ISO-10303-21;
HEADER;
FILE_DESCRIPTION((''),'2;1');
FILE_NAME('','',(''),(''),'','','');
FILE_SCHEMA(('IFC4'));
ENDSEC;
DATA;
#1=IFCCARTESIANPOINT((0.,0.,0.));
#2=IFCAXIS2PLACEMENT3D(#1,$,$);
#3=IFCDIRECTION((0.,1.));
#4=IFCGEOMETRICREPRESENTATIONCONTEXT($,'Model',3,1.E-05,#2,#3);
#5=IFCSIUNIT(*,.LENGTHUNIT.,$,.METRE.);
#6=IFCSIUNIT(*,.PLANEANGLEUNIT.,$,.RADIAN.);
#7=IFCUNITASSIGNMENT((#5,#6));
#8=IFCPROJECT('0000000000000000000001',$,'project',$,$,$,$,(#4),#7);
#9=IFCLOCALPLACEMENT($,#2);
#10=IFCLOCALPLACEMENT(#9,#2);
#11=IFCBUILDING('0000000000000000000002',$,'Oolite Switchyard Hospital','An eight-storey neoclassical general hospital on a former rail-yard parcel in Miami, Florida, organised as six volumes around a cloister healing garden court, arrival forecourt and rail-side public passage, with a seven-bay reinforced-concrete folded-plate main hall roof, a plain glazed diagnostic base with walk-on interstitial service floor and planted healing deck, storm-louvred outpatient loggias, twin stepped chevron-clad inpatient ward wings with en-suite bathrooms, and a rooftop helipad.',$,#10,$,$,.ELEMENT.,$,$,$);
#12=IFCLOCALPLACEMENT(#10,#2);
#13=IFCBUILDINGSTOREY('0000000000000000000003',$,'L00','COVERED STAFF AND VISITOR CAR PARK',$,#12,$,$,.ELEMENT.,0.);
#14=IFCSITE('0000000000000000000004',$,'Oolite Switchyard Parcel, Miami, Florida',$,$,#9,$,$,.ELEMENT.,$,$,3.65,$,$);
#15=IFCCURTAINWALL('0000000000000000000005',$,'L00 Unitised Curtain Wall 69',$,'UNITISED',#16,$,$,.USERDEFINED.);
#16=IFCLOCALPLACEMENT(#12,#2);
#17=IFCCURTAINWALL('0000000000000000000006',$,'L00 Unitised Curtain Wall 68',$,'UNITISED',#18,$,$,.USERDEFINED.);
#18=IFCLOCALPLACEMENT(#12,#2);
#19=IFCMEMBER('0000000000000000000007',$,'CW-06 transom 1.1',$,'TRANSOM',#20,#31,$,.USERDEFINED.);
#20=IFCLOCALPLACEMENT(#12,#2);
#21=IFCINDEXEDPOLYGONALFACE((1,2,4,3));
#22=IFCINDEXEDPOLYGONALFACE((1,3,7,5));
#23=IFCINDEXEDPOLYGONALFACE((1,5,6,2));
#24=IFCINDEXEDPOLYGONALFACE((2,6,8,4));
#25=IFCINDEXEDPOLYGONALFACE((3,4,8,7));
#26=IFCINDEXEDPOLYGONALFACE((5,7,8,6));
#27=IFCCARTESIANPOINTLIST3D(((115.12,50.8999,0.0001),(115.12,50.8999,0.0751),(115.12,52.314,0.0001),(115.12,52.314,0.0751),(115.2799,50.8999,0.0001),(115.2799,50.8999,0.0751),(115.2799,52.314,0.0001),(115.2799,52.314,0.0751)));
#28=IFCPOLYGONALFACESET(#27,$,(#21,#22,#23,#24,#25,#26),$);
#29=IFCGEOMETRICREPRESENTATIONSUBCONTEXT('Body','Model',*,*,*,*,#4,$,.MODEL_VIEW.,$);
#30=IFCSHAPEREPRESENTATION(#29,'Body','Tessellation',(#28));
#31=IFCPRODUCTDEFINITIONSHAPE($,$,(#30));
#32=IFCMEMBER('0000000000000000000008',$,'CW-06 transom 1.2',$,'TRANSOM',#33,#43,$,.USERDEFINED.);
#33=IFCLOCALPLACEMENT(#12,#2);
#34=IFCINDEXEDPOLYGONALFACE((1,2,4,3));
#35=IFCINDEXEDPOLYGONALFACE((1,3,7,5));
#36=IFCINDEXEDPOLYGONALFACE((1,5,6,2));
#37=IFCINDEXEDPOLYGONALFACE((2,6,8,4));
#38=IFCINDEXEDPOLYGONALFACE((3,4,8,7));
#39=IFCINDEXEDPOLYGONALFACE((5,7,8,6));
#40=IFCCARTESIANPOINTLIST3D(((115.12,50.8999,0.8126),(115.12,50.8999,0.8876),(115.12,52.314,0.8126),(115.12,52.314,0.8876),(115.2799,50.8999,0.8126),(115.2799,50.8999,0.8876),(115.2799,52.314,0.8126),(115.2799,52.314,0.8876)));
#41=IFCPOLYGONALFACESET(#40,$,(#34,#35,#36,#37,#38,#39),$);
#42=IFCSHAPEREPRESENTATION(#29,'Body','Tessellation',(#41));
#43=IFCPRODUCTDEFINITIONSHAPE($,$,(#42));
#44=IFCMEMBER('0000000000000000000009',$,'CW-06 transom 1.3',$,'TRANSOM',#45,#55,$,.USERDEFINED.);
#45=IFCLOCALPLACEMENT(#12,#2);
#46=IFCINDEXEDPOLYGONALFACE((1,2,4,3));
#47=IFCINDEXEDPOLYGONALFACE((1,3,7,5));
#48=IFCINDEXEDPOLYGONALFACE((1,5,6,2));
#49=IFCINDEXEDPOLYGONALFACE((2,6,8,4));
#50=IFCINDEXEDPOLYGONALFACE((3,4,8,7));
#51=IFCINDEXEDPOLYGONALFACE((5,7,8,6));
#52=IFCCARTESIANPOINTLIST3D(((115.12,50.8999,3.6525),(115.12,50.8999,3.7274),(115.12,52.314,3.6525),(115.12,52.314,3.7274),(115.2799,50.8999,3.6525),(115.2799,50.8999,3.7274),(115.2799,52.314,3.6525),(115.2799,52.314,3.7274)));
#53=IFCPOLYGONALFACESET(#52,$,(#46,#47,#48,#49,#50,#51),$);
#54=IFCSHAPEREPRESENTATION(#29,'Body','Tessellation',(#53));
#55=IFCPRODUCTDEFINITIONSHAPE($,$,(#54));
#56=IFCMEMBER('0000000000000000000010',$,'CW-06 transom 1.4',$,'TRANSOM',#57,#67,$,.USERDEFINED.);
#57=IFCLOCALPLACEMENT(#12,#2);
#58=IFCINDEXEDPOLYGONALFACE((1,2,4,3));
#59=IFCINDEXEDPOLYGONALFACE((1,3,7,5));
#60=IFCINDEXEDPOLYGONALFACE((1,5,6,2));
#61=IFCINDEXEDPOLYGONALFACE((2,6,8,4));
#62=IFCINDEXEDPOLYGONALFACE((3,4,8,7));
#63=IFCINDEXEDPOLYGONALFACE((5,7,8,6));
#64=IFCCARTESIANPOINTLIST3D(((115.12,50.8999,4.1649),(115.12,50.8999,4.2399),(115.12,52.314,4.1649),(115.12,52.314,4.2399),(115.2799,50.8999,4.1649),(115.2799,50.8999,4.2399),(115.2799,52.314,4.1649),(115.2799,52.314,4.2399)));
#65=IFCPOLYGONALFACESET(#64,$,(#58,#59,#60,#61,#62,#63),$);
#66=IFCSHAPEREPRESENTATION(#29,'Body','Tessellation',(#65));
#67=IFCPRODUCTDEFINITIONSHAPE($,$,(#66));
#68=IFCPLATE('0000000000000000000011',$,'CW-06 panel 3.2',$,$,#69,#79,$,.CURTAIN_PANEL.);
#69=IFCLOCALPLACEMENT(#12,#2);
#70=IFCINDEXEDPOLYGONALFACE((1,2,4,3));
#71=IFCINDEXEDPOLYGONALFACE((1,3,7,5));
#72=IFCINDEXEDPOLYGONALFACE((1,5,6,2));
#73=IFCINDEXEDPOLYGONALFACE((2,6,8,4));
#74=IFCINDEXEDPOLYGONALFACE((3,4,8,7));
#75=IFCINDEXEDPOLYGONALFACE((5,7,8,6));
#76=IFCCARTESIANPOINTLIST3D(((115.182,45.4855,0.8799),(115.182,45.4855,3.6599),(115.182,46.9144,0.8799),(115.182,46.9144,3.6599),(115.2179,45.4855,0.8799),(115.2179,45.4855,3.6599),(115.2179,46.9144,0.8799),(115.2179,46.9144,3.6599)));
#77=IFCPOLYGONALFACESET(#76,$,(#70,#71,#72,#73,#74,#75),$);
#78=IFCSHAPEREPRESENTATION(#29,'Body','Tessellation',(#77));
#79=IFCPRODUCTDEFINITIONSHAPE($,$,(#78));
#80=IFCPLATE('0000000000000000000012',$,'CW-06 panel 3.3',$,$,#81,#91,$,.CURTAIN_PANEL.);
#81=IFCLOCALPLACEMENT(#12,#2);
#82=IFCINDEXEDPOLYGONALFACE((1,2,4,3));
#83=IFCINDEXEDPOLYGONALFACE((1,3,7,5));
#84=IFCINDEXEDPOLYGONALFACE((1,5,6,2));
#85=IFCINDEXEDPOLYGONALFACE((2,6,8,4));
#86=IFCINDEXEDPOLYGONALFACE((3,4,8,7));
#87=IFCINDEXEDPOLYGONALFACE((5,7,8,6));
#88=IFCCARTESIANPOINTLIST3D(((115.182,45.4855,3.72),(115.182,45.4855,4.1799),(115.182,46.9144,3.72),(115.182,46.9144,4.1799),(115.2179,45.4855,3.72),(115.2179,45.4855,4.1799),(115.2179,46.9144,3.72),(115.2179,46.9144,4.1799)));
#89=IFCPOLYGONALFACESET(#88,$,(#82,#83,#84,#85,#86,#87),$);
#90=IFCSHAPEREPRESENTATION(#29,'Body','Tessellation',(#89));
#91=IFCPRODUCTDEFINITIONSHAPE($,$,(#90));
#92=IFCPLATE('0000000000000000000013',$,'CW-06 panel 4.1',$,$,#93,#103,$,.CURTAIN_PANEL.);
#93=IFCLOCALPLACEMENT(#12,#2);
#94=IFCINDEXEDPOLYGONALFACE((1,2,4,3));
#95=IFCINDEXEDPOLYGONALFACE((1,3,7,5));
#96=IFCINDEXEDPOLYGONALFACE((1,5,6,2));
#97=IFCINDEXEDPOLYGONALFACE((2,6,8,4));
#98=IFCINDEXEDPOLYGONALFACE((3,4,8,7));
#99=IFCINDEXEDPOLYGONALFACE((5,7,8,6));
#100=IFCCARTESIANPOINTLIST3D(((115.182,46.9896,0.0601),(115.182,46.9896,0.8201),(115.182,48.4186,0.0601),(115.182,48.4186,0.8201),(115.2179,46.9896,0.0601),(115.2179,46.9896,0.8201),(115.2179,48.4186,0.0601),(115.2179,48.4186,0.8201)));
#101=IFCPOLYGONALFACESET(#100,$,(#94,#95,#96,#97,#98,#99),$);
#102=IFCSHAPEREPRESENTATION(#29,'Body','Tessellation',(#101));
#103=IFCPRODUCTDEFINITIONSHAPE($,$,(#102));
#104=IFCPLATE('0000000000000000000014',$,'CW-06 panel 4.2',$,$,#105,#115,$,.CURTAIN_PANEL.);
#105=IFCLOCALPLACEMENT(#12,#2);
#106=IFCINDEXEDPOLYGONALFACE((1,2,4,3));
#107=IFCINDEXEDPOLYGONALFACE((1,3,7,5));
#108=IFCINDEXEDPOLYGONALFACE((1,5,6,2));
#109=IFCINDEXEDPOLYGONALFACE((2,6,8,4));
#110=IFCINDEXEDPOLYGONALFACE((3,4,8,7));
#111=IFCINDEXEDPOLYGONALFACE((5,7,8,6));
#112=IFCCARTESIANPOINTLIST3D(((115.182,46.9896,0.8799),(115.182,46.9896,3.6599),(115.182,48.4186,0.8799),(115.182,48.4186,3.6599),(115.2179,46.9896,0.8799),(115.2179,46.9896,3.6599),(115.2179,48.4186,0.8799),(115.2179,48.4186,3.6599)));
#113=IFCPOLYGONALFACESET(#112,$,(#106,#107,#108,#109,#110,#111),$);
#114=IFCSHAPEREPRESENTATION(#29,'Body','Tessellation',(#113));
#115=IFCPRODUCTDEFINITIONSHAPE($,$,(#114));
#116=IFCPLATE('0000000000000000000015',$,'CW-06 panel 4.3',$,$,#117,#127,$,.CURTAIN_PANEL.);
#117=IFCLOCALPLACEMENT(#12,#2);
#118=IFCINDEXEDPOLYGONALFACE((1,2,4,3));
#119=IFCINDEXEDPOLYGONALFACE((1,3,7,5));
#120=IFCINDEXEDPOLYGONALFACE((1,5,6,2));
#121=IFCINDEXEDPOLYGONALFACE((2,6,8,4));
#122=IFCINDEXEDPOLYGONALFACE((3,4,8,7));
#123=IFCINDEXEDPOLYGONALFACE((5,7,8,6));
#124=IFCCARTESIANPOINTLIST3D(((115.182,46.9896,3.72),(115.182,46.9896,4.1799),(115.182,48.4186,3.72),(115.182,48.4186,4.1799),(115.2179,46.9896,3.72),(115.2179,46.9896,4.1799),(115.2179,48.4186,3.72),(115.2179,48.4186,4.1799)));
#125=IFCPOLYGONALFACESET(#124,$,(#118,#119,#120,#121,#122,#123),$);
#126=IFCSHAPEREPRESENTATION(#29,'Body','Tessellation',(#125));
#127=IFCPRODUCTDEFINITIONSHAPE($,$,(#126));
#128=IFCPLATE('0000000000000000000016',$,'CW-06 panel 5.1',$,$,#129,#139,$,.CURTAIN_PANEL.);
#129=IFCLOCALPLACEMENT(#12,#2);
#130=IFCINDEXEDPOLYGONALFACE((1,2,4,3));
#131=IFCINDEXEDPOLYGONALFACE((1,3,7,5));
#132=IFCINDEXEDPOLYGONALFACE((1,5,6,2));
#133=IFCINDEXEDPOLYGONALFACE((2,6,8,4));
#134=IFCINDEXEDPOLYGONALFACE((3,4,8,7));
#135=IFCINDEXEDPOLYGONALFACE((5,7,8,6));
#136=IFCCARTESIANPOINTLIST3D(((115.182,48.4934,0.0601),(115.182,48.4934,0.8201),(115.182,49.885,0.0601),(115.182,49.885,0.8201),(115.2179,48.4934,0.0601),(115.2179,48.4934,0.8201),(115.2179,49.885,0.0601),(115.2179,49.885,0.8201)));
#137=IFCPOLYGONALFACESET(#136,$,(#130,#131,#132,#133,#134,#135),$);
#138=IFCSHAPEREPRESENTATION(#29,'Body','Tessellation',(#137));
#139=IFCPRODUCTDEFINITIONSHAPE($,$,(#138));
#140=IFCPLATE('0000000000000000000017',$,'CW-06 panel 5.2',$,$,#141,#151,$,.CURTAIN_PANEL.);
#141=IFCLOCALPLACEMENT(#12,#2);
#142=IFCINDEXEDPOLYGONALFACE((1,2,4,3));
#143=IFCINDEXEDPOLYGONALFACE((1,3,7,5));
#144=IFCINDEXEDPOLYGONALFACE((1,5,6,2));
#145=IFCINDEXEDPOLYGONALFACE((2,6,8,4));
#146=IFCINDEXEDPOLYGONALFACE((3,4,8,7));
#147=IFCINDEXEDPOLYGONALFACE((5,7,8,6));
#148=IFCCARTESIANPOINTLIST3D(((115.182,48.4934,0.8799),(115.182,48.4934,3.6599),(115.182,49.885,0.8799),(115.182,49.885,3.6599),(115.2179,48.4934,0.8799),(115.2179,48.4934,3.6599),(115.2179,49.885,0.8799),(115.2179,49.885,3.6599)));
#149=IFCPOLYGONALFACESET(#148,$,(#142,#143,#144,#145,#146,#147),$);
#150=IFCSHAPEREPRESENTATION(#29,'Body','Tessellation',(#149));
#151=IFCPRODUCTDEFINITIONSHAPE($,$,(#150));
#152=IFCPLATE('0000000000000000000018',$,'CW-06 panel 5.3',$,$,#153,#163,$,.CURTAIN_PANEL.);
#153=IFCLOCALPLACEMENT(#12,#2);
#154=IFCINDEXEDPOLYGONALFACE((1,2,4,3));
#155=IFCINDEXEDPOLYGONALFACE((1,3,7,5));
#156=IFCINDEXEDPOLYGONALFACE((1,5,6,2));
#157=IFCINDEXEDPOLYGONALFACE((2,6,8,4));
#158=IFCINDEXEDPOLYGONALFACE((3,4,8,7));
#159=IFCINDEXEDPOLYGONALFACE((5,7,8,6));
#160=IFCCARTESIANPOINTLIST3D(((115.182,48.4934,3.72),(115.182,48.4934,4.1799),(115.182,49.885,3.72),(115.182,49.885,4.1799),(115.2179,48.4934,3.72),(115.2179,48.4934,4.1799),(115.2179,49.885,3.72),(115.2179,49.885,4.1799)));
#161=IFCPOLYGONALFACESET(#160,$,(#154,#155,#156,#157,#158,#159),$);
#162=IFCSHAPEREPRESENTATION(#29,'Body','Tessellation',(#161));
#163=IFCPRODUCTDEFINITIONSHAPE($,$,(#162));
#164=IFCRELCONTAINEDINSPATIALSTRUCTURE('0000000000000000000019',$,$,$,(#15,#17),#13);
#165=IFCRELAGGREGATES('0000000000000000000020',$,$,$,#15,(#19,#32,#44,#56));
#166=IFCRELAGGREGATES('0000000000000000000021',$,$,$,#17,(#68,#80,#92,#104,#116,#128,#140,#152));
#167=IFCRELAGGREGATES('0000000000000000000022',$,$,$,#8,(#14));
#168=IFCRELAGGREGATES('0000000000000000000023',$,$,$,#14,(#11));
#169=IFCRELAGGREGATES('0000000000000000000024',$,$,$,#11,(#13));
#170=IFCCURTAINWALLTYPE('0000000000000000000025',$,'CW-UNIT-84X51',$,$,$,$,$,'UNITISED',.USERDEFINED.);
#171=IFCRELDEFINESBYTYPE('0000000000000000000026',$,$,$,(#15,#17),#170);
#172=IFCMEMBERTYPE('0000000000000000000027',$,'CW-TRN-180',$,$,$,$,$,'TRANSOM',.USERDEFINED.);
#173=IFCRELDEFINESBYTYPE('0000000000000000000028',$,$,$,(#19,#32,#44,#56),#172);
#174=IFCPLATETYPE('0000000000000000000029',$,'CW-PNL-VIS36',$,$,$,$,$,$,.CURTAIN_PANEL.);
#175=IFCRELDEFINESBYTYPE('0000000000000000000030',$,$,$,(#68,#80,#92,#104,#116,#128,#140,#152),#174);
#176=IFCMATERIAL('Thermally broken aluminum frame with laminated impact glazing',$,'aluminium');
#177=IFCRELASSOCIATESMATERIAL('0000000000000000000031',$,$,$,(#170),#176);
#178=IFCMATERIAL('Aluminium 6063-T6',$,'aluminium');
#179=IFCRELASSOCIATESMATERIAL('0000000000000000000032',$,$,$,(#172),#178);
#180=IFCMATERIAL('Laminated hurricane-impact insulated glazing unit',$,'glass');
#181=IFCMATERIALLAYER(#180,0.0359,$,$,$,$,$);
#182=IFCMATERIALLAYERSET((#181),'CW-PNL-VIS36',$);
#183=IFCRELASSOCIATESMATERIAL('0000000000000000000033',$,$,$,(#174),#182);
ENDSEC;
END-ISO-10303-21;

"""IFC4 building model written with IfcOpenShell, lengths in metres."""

from ifc_helpers import new_model, si_unit, direction, frame, origin, origin_2d, place, context, subcontext, project, spatial, rectangle, extrude, material, layer, layer_set, material_profile, profile_set, type_object, element, aggregate, save


model = new_model("IFC4")

# Units and contexts
model_context = context("Model", 3, precision=1e-05, world=origin(), true_north=direction((0.0, 1.0)))
body_context = subcontext(model_context, "Body", "Model", "MODEL_VIEW")
ifc_project = project(units=[si_unit("LENGTHUNIT", "METRE"), si_unit("PLANEANGLEUNIT", "RADIAN")], contexts=[model_context])

# Site, building, storey
site_placement = place(None, origin())
site = spatial("IfcSite", under=ifc_project, at=site_placement, Name="Oolite Switchyard Parcel, Miami, Florida", CompositionType="ELEMENT", RefElevation=3.65)
building_placement = place(site_placement, origin())
building = spatial("IfcBuilding", under=site, at=building_placement, Name="Oolite Switchyard Hospital", Description="An eight-storey neoclassical general hospital on a former rail-yard parcel in Miami, Florida, organised as six volumes around a cloister healing garden court, arrival forecourt and rail-side public passage, with a seven-bay reinforced-concrete folded-plate main hall roof, a plain glazed diagnostic base with walk-on interstitial service floor and planted healing deck, storm-louvred outpatient loggias, twin stepped chevron-clad inpatient ward wings with en-suite bathrooms, and a rooftop helipad.", CompositionType="ELEMENT")
storey_placement = place(building_placement, origin())
storey = spatial("IfcBuildingStorey", under=building, at=storey_placement, Name="L00", Description="COVERED STAFF AND VISITOR CAR PARK", CompositionType="ELEMENT", Elevation=0.0)

# Curtain wall
ifc_material_1 = material(Name="Thermally broken aluminum frame with laminated impact glazing", Category="aluminium")
curtain_wall_type = type_object("IfcCurtainWallType", Name="CW-UNIT-84X51", ElementType="UNITISED", PredefinedType="USERDEFINED", material=ifc_material_1)
curtain_wall_1_placement = place(storey_placement, origin())
curtain_wall_1 = element("IfcCurtainWall", 1, at=curtain_wall_1_placement, inside=storey, type_object=curtain_wall_type, Name="L00 Unitised Curtain Wall 69", ObjectType="UNITISED", PredefinedType="USERDEFINED")
ifc_material_2 = material(Name="Aluminium 6063-T6", Category="aluminium")

# Curtain wall
curtain_wall_2_placement = place(storey_placement, origin())
curtain_wall_2 = element("IfcCurtainWall", 2, at=curtain_wall_2_placement, inside=storey, type_object=curtain_wall_type, Name="L00 Unitised Curtain Wall 68", ObjectType="UNITISED", PredefinedType="USERDEFINED")

# Members
ifc_material_profile_1 = material_profile(ifc_material_2, rectangle(XDim=0.1599, YDim=0.075, at=origin_2d()), Name="CWT75X160")
ifc_profile_set_1 = profile_set([ifc_material_profile_1], Name="Aluminium 6063-T6")
member_type_1 = type_object("IfcMemberType", Name="CW-TRN-180", ElementType="TRANSOM", PredefinedType="USERDEFINED", material=ifc_profile_set_1)
member_1_placement = place(storey_placement, frame((115.2, 50.8999, 0.0376), z_axis=(0.0, 1.0, 0.0), x_axis=(-1.0, 0.0, 0.0)))
member_1 = element("IfcMember", 3, at=member_1_placement, type_object=member_type_1, Name="CW-06 transom 1.1", ObjectType="TRANSOM", PredefinedType="USERDEFINED", context=body_context, shape_type="SweptSolid", body=[
    extrude(rectangle(XDim=0.1599, YDim=0.075, at=origin_2d()), origin(), (0.0, 0.0, 1.0), 1.4141),
])
member_2_placement = place(storey_placement, frame((115.2, 50.8999, 0.8501), z_axis=(0.0, 1.0, 0.0), x_axis=(-1.0, 0.0, 0.0)))
member_2 = element("IfcMember", 4, at=member_2_placement, type_object=member_type_1, Name="CW-06 transom 1.2", ObjectType="TRANSOM", PredefinedType="USERDEFINED", context=body_context, shape_type="SweptSolid", body=[
    extrude(rectangle(XDim=0.1599, YDim=0.075, at=origin_2d()), origin(), (0.0, 0.0, 1.0), 1.4141),
])
member_3_placement = place(storey_placement, frame((115.2, 50.8999, 3.6899), z_axis=(0.0, 1.0, 0.0), x_axis=(-1.0, 0.0, 0.0)))
member_3 = element("IfcMember", 5, at=member_3_placement, type_object=member_type_1, Name="CW-06 transom 1.3", ObjectType="TRANSOM", PredefinedType="USERDEFINED", context=body_context, shape_type="SweptSolid", body=[
    extrude(rectangle(XDim=0.1599, YDim=0.075, at=origin_2d()), origin(), (0.0, 0.0, 1.0), 1.4141),
])
member_4_placement = place(storey_placement, frame((115.2, 50.8999, 4.2024), z_axis=(0.0, 1.0, 0.0), x_axis=(-1.0, 0.0, 0.0)))
member_4 = element("IfcMember", 6, at=member_4_placement, type_object=member_type_1, Name="CW-06 transom 1.4", ObjectType="TRANSOM", PredefinedType="USERDEFINED", context=body_context, shape_type="SweptSolid", body=[
    extrude(rectangle(XDim=0.1599, YDim=0.075, at=origin_2d()), origin(), (0.0, 0.0, 1.0), 1.4141),
])
aggregate(curtain_wall_1, [member_1, member_2, member_3, member_4])

# Plates
ifc_material_3 = material(Name="Laminated hurricane-impact insulated glazing unit", Category="glass")
ifc_layer = layer(ifc_material_3, 0.0359)
ifc_layer_set = layer_set([ifc_layer], Name="CW-PNL-VIS36")
plate_type = type_object("IfcPlateType", Name="CW-PNL-VIS36", PredefinedType="CURTAIN_PANEL", material=ifc_layer_set)
plate_1_placement = place(storey_placement, frame((115.2, 46.2, 0.8799), z_axis=(0.0, 0.0, 1.0), x_axis=(0.0, 1.0, 0.0)))
plate_1 = element("IfcPlate", 7, at=plate_1_placement, type_object=plate_type, Name="CW-06 panel 3.2", PredefinedType="CURTAIN_PANEL", context=body_context, shape_type="SweptSolid", body=[
    extrude(rectangle(XDim=1.429, YDim=0.0359, at=origin_2d()), origin(), (0.0, 0.0, 1.0), 2.78),
])
plate_2_placement = place(storey_placement, frame((115.2, 46.2, 3.72), z_axis=(0.0, 0.0, 1.0), x_axis=(0.0, 1.0, 0.0)))
plate_2 = element("IfcPlate", 8, at=plate_2_placement, type_object=plate_type, Name="CW-06 panel 3.3", PredefinedType="CURTAIN_PANEL", context=body_context, shape_type="SweptSolid", body=[
    extrude(rectangle(XDim=1.429, YDim=0.0359, at=origin_2d()), origin(), (0.0, 0.0, 1.0), 0.46),
])
plate_3_placement = place(storey_placement, frame((115.2, 47.7041, 0.0601), z_axis=(0.0, 0.0, 1.0), x_axis=(0.0, 1.0, 0.0)))
plate_3 = element("IfcPlate", 9, at=plate_3_placement, type_object=plate_type, Name="CW-06 panel 4.1", PredefinedType="CURTAIN_PANEL", context=body_context, shape_type="SweptSolid", body=[
    extrude(rectangle(XDim=1.429, YDim=0.0359, at=origin_2d()), origin(), (0.0, 0.0, 1.0), 0.76),
])
plate_4_placement = place(storey_placement, frame((115.2, 47.7041, 0.8799), z_axis=(0.0, 0.0, 1.0), x_axis=(0.0, 1.0, 0.0)))
plate_4 = element("IfcPlate", 10, at=plate_4_placement, type_object=plate_type, Name="CW-06 panel 4.2", PredefinedType="CURTAIN_PANEL", context=body_context, shape_type="SweptSolid", body=[
    extrude(rectangle(XDim=1.429, YDim=0.0359, at=origin_2d()), origin(), (0.0, 0.0, 1.0), 2.78),
])
plate_5_placement = place(storey_placement, frame((115.2, 47.7041, 3.72), z_axis=(0.0, 0.0, 1.0), x_axis=(0.0, 1.0, 0.0)))
plate_5 = element("IfcPlate", 11, at=plate_5_placement, type_object=plate_type, Name="CW-06 panel 4.3", PredefinedType="CURTAIN_PANEL", context=body_context, shape_type="SweptSolid", body=[
    extrude(rectangle(XDim=1.429, YDim=0.0359, at=origin_2d()), origin(), (0.0, 0.0, 1.0), 0.46),
])
plate_6_placement = place(storey_placement, frame((115.2, 49.1892, 0.0601), z_axis=(0.0, 0.0, 1.0), x_axis=(0.0, 1.0, 0.0)))
plate_6 = element("IfcPlate", 12, at=plate_6_placement, type_object=plate_type, Name="CW-06 panel 5.1", PredefinedType="CURTAIN_PANEL", context=body_context, shape_type="SweptSolid", body=[
    extrude(rectangle(XDim=1.3916, YDim=0.0359, at=origin_2d()), origin(), (0.0, 0.0, 1.0), 0.76),
])
plate_7_placement = place(storey_placement, frame((115.2, 49.1892, 0.8799), z_axis=(0.0, 0.0, 1.0), x_axis=(0.0, 1.0, 0.0)))
plate_7 = element("IfcPlate", 13, at=plate_7_placement, type_object=plate_type, Name="CW-06 panel 5.2", PredefinedType="CURTAIN_PANEL", context=body_context, shape_type="SweptSolid", body=[
    extrude(rectangle(XDim=1.3916, YDim=0.0359, at=origin_2d()), origin(), (0.0, 0.0, 1.0), 2.78),
])
plate_8_placement = place(storey_placement, frame((115.2, 49.1892, 3.72), z_axis=(0.0, 0.0, 1.0), x_axis=(0.0, 1.0, 0.0)))
plate_8 = element("IfcPlate", 14, at=plate_8_placement, type_object=plate_type, Name="CW-06 panel 5.3", PredefinedType="CURTAIN_PANEL", context=body_context, shape_type="SweptSolid", body=[
    extrude(rectangle(XDim=1.3916, YDim=0.0359, at=origin_2d()), origin(), (0.0, 0.0, 1.0), 0.46),
])
aggregate(curtain_wall_2, [plate_1, plate_2, plate_3, plate_4, plate_5, plate_6, plate_7, plate_8])

save(model, "model.ifc")
